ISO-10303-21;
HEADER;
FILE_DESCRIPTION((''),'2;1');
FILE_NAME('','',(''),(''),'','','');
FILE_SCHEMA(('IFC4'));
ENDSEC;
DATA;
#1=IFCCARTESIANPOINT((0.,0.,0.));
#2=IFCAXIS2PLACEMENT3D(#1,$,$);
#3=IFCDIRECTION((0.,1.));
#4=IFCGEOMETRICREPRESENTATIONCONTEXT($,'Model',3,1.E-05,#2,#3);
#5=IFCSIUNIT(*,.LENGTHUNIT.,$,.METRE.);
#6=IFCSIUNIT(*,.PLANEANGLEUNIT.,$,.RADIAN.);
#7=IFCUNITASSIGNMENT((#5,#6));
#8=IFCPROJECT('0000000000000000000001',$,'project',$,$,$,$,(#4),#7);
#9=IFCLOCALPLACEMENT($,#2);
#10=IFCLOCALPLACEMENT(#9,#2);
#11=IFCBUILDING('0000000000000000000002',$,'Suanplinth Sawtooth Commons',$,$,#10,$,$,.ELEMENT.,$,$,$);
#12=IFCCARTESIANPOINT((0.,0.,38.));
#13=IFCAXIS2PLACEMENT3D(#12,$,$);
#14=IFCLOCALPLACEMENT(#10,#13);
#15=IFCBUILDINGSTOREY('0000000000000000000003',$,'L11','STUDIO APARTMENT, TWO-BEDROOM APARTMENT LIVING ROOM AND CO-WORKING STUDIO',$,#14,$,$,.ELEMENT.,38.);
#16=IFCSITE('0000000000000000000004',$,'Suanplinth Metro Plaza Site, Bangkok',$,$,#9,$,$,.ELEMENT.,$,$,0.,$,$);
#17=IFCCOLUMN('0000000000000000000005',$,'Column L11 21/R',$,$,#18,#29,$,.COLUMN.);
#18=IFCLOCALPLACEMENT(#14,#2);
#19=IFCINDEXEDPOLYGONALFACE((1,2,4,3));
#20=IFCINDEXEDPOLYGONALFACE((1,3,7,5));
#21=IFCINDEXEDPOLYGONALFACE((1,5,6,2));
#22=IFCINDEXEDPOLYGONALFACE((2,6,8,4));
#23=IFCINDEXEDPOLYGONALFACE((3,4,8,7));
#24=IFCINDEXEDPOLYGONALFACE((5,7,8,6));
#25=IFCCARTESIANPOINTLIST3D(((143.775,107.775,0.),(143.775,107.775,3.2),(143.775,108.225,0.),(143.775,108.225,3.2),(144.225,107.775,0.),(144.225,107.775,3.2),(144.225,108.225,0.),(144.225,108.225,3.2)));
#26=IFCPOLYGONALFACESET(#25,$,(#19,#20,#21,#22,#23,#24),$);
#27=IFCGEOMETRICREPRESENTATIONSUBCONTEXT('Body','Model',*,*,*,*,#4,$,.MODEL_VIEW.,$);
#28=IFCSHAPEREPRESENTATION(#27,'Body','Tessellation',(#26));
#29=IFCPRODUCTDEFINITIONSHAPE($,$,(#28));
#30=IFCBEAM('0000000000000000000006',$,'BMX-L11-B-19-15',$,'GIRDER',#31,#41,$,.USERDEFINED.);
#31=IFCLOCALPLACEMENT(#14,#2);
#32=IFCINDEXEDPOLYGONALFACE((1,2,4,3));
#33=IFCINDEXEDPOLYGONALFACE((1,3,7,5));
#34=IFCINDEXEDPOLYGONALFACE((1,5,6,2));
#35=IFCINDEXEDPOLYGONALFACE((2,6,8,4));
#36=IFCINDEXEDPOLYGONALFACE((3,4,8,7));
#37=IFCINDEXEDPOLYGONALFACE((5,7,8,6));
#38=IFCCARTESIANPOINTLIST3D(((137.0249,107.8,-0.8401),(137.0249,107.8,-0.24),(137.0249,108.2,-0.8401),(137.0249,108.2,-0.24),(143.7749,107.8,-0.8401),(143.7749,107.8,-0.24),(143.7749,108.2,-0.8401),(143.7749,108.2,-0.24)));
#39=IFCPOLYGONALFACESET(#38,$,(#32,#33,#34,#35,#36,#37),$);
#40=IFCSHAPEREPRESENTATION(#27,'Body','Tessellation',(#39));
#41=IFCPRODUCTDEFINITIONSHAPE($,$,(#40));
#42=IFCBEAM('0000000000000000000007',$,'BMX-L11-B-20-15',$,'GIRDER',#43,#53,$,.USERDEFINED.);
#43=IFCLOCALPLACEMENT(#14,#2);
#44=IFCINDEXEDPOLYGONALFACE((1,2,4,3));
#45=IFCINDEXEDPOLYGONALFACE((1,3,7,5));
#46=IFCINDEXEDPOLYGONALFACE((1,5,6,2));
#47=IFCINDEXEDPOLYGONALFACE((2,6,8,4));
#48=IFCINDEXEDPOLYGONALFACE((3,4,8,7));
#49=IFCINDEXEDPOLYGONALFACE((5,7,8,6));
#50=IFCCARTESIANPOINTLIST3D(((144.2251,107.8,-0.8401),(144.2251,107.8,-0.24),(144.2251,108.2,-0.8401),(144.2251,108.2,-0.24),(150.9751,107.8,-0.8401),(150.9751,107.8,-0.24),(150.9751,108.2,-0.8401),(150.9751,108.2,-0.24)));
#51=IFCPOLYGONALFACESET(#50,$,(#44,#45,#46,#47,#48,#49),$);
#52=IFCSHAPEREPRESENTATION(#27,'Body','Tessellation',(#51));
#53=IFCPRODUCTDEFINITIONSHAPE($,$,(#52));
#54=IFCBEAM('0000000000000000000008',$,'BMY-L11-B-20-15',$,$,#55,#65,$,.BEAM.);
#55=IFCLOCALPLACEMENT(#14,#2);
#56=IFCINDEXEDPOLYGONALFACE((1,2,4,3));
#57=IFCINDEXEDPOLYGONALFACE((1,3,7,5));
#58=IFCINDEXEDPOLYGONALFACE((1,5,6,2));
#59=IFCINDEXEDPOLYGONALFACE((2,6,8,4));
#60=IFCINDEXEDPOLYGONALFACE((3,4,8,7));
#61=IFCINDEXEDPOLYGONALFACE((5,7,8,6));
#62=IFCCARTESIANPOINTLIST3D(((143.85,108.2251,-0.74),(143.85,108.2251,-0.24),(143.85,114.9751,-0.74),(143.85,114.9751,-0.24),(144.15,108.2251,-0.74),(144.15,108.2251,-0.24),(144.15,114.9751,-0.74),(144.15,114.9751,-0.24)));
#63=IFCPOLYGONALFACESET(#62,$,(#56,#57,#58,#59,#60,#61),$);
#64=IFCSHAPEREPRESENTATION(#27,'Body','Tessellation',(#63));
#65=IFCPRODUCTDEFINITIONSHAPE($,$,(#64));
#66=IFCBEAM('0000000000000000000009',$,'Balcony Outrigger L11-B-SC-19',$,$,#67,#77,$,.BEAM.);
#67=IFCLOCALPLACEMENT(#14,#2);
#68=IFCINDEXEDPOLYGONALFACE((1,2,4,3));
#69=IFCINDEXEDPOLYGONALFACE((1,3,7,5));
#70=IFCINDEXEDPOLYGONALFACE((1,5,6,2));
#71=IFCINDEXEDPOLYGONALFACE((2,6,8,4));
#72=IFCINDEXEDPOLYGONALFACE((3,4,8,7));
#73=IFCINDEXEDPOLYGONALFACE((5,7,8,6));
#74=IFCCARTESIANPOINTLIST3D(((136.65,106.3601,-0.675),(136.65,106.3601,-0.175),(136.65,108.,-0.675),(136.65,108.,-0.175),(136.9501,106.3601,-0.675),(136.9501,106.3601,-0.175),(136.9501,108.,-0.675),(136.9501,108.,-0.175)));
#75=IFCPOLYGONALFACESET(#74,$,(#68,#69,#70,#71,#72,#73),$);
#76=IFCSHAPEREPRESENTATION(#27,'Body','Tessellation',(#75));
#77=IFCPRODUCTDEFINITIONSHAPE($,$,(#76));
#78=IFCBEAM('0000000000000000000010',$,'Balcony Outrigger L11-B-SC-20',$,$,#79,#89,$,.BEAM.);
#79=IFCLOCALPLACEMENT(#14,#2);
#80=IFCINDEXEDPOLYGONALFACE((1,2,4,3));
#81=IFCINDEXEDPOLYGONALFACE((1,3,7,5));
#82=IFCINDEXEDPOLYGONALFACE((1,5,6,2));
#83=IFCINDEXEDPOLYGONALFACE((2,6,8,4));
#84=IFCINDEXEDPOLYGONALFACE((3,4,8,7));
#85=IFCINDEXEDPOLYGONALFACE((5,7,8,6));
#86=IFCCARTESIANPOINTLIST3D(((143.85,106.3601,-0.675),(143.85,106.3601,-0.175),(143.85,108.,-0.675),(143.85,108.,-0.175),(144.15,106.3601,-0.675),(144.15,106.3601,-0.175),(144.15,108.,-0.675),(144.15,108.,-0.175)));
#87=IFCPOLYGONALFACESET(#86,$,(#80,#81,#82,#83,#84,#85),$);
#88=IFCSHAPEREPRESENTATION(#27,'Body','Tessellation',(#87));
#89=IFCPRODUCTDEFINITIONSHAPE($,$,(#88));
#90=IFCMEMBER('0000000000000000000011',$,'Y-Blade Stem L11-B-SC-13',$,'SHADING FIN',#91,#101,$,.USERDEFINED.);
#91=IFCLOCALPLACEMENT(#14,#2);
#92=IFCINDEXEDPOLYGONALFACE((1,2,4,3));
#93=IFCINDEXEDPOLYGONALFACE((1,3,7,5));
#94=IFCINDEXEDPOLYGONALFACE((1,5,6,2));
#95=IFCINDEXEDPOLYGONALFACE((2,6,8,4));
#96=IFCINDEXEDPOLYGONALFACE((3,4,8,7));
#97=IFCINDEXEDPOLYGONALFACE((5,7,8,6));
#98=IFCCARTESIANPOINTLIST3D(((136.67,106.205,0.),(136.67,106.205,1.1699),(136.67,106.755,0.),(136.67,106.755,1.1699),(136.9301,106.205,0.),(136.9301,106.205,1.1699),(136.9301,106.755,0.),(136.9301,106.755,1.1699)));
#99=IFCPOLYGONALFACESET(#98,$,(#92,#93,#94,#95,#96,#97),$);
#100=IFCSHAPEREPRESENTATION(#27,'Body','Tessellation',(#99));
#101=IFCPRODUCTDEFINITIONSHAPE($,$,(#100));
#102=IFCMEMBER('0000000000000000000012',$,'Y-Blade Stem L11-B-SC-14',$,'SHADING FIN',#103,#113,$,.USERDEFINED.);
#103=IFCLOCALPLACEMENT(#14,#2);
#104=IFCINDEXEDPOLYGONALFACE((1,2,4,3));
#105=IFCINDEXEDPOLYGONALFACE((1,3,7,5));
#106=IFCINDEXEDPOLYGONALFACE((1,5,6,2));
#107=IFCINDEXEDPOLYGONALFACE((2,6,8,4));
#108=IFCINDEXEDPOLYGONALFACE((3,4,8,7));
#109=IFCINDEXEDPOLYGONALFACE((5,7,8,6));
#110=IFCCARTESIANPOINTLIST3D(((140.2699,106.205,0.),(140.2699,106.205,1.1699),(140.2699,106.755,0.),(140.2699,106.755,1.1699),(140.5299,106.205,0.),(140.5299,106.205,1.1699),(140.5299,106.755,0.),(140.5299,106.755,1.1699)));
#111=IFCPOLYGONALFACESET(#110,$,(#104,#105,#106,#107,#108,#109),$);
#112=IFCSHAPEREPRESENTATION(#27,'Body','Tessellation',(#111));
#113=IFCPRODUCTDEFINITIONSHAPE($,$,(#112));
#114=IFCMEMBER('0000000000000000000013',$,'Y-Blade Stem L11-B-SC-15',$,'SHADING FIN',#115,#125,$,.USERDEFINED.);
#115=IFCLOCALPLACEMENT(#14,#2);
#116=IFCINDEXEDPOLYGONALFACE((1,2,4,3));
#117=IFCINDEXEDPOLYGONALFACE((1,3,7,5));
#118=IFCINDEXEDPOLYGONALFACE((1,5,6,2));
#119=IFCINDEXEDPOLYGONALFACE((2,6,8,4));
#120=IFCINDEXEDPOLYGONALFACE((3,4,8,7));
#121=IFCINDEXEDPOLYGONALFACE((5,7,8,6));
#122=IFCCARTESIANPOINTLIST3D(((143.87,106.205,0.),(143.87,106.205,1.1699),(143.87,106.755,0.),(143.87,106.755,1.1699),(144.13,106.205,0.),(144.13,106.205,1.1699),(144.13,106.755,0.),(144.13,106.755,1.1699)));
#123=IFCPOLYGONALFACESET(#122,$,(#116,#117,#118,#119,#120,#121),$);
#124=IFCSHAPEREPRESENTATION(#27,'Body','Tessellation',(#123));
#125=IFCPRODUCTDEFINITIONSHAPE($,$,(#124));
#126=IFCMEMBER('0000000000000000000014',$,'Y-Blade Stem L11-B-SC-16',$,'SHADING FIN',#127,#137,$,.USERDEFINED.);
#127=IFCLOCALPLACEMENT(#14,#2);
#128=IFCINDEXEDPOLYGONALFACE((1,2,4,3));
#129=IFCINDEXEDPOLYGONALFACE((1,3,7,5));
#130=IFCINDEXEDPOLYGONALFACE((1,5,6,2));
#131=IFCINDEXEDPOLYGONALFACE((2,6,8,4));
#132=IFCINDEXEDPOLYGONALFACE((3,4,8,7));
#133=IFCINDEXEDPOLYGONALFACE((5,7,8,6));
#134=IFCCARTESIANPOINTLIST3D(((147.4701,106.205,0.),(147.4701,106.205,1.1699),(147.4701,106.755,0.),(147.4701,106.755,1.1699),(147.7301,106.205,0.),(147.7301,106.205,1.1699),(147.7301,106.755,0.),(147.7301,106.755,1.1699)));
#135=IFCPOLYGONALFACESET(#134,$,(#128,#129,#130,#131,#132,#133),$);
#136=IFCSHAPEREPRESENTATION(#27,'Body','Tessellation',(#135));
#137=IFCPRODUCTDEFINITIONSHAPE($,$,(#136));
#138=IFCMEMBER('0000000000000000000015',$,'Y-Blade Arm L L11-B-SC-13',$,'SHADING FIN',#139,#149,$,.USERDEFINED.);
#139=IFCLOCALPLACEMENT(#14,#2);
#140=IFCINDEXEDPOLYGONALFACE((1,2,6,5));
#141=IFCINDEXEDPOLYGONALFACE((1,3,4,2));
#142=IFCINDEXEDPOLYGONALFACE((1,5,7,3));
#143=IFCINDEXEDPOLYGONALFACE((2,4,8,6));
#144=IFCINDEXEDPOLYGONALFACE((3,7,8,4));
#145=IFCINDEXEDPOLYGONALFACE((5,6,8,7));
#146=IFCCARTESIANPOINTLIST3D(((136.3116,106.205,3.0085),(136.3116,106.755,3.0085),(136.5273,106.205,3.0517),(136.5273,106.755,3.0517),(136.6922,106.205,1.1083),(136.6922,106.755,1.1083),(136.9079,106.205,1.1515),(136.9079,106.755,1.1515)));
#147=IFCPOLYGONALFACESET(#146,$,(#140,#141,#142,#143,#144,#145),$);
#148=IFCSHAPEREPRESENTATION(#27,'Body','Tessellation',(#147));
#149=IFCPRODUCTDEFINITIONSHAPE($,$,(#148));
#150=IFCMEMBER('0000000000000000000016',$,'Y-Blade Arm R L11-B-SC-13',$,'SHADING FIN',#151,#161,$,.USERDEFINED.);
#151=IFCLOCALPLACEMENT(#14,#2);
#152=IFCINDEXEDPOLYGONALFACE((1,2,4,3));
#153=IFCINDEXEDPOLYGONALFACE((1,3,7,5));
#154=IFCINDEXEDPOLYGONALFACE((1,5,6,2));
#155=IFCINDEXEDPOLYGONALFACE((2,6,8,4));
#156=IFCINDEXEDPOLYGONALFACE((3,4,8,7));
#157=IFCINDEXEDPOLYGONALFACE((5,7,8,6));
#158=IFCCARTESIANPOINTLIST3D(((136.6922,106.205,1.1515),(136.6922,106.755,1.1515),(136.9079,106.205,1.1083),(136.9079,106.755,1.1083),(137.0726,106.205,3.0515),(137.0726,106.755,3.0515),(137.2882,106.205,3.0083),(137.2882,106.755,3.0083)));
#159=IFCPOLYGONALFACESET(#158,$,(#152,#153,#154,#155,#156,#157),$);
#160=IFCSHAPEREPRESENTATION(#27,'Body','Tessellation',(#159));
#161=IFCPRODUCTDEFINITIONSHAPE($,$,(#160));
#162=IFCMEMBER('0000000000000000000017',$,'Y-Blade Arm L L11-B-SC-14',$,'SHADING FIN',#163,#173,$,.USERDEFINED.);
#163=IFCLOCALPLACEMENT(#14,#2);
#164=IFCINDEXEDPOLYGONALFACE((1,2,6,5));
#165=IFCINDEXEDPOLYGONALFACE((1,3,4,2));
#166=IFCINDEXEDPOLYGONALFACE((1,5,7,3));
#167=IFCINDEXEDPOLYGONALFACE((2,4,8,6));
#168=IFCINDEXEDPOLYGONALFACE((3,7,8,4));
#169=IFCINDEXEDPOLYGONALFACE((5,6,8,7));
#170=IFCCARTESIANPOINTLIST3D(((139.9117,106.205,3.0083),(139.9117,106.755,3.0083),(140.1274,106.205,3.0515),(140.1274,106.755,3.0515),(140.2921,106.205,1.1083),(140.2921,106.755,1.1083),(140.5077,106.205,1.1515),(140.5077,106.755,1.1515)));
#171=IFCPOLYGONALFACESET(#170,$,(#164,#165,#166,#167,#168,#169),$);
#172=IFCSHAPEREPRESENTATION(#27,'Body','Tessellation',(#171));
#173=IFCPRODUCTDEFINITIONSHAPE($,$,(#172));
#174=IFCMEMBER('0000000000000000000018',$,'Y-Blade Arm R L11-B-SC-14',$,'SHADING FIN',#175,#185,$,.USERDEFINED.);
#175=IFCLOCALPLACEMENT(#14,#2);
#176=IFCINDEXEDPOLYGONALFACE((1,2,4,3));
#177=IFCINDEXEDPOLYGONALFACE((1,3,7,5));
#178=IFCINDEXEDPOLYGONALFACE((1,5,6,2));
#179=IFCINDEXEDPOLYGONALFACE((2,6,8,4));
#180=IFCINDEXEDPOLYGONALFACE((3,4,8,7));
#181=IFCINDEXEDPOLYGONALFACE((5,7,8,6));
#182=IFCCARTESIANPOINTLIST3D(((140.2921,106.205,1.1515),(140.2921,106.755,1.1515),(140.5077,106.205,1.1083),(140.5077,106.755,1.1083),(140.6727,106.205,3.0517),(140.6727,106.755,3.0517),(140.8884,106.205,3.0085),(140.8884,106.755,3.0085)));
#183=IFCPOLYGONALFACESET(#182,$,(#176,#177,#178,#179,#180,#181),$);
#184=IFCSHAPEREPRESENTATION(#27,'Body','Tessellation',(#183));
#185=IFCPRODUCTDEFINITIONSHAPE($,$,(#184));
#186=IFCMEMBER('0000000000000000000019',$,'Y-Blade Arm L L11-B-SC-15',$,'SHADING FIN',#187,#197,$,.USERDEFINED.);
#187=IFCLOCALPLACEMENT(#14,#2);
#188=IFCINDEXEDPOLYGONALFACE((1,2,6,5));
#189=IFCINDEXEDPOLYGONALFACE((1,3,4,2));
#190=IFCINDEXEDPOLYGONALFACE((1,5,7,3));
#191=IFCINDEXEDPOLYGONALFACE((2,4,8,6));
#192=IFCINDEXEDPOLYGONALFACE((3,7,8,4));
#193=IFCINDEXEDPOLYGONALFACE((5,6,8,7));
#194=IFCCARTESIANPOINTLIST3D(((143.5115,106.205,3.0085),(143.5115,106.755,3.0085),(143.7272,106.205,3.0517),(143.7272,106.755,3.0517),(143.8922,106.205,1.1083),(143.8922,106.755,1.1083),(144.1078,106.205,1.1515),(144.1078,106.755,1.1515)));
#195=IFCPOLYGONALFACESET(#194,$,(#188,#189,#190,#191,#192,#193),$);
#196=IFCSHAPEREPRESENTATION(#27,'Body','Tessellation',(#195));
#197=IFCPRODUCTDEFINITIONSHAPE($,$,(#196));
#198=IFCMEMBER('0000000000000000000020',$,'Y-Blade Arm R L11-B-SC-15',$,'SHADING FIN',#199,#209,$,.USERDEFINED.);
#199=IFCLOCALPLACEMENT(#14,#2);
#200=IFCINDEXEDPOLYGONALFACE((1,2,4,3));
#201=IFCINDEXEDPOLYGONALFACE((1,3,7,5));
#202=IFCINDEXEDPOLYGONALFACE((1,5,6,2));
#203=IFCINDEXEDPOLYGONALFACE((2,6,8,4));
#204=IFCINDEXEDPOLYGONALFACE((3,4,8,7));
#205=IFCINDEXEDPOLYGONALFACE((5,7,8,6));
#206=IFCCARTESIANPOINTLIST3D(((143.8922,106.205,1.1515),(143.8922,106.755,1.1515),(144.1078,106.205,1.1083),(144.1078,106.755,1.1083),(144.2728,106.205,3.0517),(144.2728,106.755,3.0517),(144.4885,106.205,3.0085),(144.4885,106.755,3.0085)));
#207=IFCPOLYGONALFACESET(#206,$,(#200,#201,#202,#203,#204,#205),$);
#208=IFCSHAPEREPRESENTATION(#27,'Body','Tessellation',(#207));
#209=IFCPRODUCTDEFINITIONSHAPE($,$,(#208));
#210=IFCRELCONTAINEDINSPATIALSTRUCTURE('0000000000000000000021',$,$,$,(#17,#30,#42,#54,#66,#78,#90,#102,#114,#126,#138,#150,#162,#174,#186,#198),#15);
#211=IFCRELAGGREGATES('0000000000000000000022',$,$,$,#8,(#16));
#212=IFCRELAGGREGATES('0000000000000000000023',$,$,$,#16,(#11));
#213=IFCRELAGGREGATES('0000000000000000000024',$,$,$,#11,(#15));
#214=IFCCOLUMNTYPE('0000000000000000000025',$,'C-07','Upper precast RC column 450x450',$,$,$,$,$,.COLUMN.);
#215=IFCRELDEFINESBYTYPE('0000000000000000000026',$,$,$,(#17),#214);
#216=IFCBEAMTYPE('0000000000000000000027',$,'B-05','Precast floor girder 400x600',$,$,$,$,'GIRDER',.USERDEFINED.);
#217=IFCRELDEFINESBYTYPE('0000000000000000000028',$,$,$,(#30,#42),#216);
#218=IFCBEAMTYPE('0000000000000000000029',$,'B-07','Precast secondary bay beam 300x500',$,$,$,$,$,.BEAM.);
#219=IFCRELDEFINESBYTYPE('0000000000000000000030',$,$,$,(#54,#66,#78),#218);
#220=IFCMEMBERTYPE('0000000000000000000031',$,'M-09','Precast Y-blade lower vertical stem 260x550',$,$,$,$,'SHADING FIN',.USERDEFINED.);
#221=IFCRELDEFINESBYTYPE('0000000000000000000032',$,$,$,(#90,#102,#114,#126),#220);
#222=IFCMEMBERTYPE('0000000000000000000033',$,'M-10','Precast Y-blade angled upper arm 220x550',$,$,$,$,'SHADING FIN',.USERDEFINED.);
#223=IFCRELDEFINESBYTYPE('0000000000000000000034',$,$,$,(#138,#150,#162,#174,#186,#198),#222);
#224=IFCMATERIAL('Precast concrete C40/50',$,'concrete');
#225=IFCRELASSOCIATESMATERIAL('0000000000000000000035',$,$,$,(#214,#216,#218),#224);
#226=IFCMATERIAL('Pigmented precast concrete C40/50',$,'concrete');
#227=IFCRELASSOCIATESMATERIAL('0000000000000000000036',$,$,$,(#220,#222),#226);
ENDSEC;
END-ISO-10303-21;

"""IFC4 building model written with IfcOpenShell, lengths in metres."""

from ifc_helpers import new_model, si_unit, direction, frame, origin, origin_2d, place, context, subcontext, project, spatial, rectangle, extrude, material, material_profile, profile_set, type_object, element, save


model = new_model("IFC4")

# Units and contexts
model_context = context("Model", 3, precision=1e-05, world=origin(), true_north=direction((0.0, 1.0)))
body_context = subcontext(model_context, "Body", "Model", "MODEL_VIEW")
ifc_project = project(units=[si_unit("LENGTHUNIT", "METRE"), si_unit("PLANEANGLEUNIT", "RADIAN")], contexts=[model_context])

# Site, building, storey
site_placement = place(None, origin())
site = spatial("IfcSite", under=ifc_project, at=site_placement, Name="Suanplinth Metro Plaza Site, Bangkok", CompositionType="ELEMENT", RefElevation=0.0)
building_placement = place(site_placement, origin())
building = spatial("IfcBuilding", under=site, at=building_placement, Name="Suanplinth Sawtooth Commons", CompositionType="ELEMENT")
storey_placement = place(building_placement, frame((0.0, 0.0, 38.0)))
storey = spatial("IfcBuildingStorey", under=building, at=storey_placement, Name="L11", Description="STUDIO APARTMENT, TWO-BEDROOM APARTMENT LIVING ROOM AND CO-WORKING STUDIO", CompositionType="ELEMENT", Elevation=38.0)

# Column
ifc_material_1 = material(Name="Precast concrete C40/50", Category="concrete")
ifc_material_profile_1 = material_profile(ifc_material_1, rectangle(XDim=0.45, YDim=0.45, at=origin_2d()), Name="PC-COL 450x450")
ifc_profile_set_1 = profile_set([ifc_material_profile_1], Name="Precast concrete C40/50")
column_type = type_object("IfcColumnType", Name="C-07", Description="Upper precast RC column 450x450", PredefinedType="COLUMN", material=ifc_profile_set_1)
column_placement = place(storey_placement, frame((144.0, 108.0, 0.0), z_axis=(0.0, 0.0, 1.0), x_axis=(1.0, 0.0, 0.0)))
element("IfcColumn", 1, at=column_placement, inside=storey, type_object=column_type, Name="Column L11 21/R", PredefinedType="COLUMN", context=body_context, shape_type="SweptSolid", body=[
    extrude(rectangle(XDim=0.45, YDim=0.45, at=origin_2d()), origin(), (0.0, 0.0, 1.0), 3.2),
])

# Beams
ifc_material_profile_2 = material_profile(ifc_material_1, rectangle(XDim=0.3999, YDim=0.6001, at=origin_2d()), Name="PC-GDR 400x600")
ifc_profile_set_2 = profile_set([ifc_material_profile_2], Name="Precast concrete C40/50")
beam_type_1 = type_object("IfcBeamType", Name="B-05", Description="Precast floor girder 400x600", ElementType="GIRDER", PredefinedType="USERDEFINED", material=ifc_profile_set_2)
for number, where, z_axis, x_axis, name in (
    (2, (137.0249, 108.0, -0.54), (1.0, 0.0, 0.0), (0.0, 1.0, 0.0), "BMX-L11-B-19-15"),
    (3, (144.2251, 108.0, -0.54), (1.0, 0.0, 0.0), (0.0, 1.0, 0.0), "BMX-L11-B-20-15"),
):
    element("IfcBeam", number, at=place(storey_placement, frame(where, z_axis=z_axis, x_axis=x_axis)), inside=storey, type_object=beam_type_1, Name=name, ObjectType="GIRDER", PredefinedType="USERDEFINED", context=body_context, shape_type="SweptSolid", body=[
        extrude(rectangle(XDim=0.3999, YDim=0.6001, at=origin_2d()), origin(), (0.0, 0.0, 1.0), 6.75),
    ])
ifc_material_profile_3 = material_profile(ifc_material_1, rectangle(XDim=0.3, YDim=0.5, at=origin_2d()), Name="PC-BM 300x500")
ifc_profile_set_3 = profile_set([ifc_material_profile_3], Name="Precast concrete C40/50")
beam_type_2 = type_object("IfcBeamType", Name="B-07", Description="Precast secondary bay beam 300x500", PredefinedType="BEAM", material=ifc_profile_set_3)
beam_placement = place(storey_placement, frame((144.0, 108.2251, -0.49), z_axis=(0.0, 1.0, 0.0), x_axis=(-1.0, 0.0, 0.0)))
element("IfcBeam", 4, at=beam_placement, inside=storey, type_object=beam_type_2, Name="BMY-L11-B-20-15", PredefinedType="BEAM", context=body_context, shape_type="SweptSolid", body=[
    extrude(rectangle(XDim=0.3, YDim=0.5, at=origin_2d()), origin(), (0.0, 0.0, 1.0), 6.75),
])
for number, where, z_axis, x_axis, name in (
    (5, (136.8, 108.0, -0.425), (0.0, -1.0, 0.0), (1.0, 0.0, 0.0), "Balcony Outrigger L11-B-SC-19"),
    (6, (144.0, 108.0, -0.425), (0.0, -1.0, 0.0), (1.0, 0.0, 0.0), "Balcony Outrigger L11-B-SC-20"),
):
    element("IfcBeam", number, at=place(storey_placement, frame(where, z_axis=z_axis, x_axis=x_axis)), inside=storey, type_object=beam_type_2, Name=name, PredefinedType="BEAM", context=body_context, shape_type="SweptSolid", body=[
        extrude(rectangle(XDim=0.3, YDim=0.5, at=origin_2d()), origin(), (0.0, 0.0, 1.0), 1.6399),
    ])

# Members
ifc_material_2 = material(Name="Pigmented precast concrete C40/50", Category="concrete")
ifc_material_profile_4 = material_profile(ifc_material_2, rectangle(XDim=0.26, YDim=0.55, at=origin_2d()), Name="PC-FIN 260x550")
ifc_profile_set_4 = profile_set([ifc_material_profile_4], Name="Pigmented precast concrete C40/50")
member_type_1 = type_object("IfcMemberType", Name="M-09", Description="Precast Y-blade lower vertical stem 260x550", ElementType="SHADING FIN", PredefinedType="USERDEFINED", material=ifc_profile_set_4)
for number, where, z_axis, x_axis, name in (
    (7, (136.8, 106.48, 0.0), (0.0, 0.0, 1.0), (1.0, 0.0, 0.0), "Y-Blade Stem L11-B-SC-13"),
    (8, (140.3999, 106.48, 0.0), (0.0, 0.0, 1.0), (1.0, 0.0, 0.0), "Y-Blade Stem L11-B-SC-14"),
    (9, (144.0, 106.48, 0.0), (0.0, 0.0, 1.0), (1.0, 0.0, 0.0), "Y-Blade Stem L11-B-SC-15"),
    (10, (147.6001, 106.48, 0.0), (0.0, 0.0, 1.0), (1.0, 0.0, 0.0), "Y-Blade Stem L11-B-SC-16"),
):
    element("IfcMember", number, at=place(storey_placement, frame(where, z_axis=z_axis, x_axis=x_axis)), inside=storey, type_object=member_type_1, Name=name, ObjectType="SHADING FIN", PredefinedType="USERDEFINED", context=body_context, shape_type="SweptSolid", body=[
        extrude(rectangle(XDim=0.26, YDim=0.55, at=origin_2d()), origin(), (0.0, 0.0, 1.0), 1.1699),
    ])
ifc_material_profile_5 = material_profile(ifc_material_2, rectangle(XDim=0.22, YDim=0.55, at=origin_2d()), Name="PC-FIN 220x550")
ifc_profile_set_5 = profile_set([ifc_material_profile_5], Name="Pigmented precast concrete C40/50")
member_type_2 = type_object("IfcMemberType", Name="M-10", Description="Precast Y-blade angled upper arm 220x550", ElementType="SHADING FIN", PredefinedType="USERDEFINED", material=ifc_profile_set_5)
member_1_placement = place(storey_placement, frame((136.8, 106.48, 1.1299), z_axis=(-0.196407, 0.0, 0.980522), x_axis=(0.980522, 0.0, 0.196407)))
element("IfcMember", 11, at=member_1_placement, inside=storey, type_object=member_type_2, Name="Y-Blade Arm L L11-B-SC-13", ObjectType="SHADING FIN", PredefinedType="USERDEFINED", context=body_context, shape_type="SweptSolid", body=[
    extrude(rectangle(XDim=0.22, YDim=0.55, at=origin_2d()), origin(), (0.0, 0.0, 1.0), 1.938),
])
for number, where, z_axis, x_axis, name in (
    (12, (136.8, 106.48, 1.1299), (0.196286, 0.0, 0.980547), (-0.980547, 0.0, 0.196286), "Y-Blade Arm R L11-B-SC-13"),
    (13, (140.3999, 106.48, 1.1299), (-0.196286, 0.0, 0.980547), (0.980547, 0.0, 0.196286), "Y-Blade Arm L L11-B-SC-14"),
):
    element("IfcMember", number, at=place(storey_placement, frame(where, z_axis=z_axis, x_axis=x_axis)), inside=storey, type_object=member_type_2, Name=name, ObjectType="SHADING FIN", PredefinedType="USERDEFINED", context=body_context, shape_type="SweptSolid", body=[
        extrude(rectangle(XDim=0.22, YDim=0.55, at=origin_2d()), origin(), (0.0, 0.0, 1.0), 1.9377),
    ])
for number, where, z_axis, x_axis, name in (
    (14, (140.3999, 106.48, 1.1299), (0.196407, 0.0, 0.980522), (-0.980522, 0.0, 0.196407), "Y-Blade Arm R L11-B-SC-14"),
    (15, (144.0, 106.48, 1.1299), (-0.196407, 0.0, 0.980522), (0.980522, 0.0, 0.196407), "Y-Blade Arm L L11-B-SC-15"),
    (16, (144.0, 106.48, 1.1299), (0.196407, 0.0, 0.980522), (-0.980522, 0.0, 0.196407), "Y-Blade Arm R L11-B-SC-15"),
):
    element("IfcMember", number, at=place(storey_placement, frame(where, z_axis=z_axis, x_axis=x_axis)), inside=storey, type_object=member_type_2, Name=name, ObjectType="SHADING FIN", PredefinedType="USERDEFINED", context=body_context, shape_type="SweptSolid", body=[
        extrude(rectangle(XDim=0.22, YDim=0.55, at=origin_2d()), origin(), (0.0, 0.0, 1.0), 1.938),
    ])

save(model, "model.ifc")
